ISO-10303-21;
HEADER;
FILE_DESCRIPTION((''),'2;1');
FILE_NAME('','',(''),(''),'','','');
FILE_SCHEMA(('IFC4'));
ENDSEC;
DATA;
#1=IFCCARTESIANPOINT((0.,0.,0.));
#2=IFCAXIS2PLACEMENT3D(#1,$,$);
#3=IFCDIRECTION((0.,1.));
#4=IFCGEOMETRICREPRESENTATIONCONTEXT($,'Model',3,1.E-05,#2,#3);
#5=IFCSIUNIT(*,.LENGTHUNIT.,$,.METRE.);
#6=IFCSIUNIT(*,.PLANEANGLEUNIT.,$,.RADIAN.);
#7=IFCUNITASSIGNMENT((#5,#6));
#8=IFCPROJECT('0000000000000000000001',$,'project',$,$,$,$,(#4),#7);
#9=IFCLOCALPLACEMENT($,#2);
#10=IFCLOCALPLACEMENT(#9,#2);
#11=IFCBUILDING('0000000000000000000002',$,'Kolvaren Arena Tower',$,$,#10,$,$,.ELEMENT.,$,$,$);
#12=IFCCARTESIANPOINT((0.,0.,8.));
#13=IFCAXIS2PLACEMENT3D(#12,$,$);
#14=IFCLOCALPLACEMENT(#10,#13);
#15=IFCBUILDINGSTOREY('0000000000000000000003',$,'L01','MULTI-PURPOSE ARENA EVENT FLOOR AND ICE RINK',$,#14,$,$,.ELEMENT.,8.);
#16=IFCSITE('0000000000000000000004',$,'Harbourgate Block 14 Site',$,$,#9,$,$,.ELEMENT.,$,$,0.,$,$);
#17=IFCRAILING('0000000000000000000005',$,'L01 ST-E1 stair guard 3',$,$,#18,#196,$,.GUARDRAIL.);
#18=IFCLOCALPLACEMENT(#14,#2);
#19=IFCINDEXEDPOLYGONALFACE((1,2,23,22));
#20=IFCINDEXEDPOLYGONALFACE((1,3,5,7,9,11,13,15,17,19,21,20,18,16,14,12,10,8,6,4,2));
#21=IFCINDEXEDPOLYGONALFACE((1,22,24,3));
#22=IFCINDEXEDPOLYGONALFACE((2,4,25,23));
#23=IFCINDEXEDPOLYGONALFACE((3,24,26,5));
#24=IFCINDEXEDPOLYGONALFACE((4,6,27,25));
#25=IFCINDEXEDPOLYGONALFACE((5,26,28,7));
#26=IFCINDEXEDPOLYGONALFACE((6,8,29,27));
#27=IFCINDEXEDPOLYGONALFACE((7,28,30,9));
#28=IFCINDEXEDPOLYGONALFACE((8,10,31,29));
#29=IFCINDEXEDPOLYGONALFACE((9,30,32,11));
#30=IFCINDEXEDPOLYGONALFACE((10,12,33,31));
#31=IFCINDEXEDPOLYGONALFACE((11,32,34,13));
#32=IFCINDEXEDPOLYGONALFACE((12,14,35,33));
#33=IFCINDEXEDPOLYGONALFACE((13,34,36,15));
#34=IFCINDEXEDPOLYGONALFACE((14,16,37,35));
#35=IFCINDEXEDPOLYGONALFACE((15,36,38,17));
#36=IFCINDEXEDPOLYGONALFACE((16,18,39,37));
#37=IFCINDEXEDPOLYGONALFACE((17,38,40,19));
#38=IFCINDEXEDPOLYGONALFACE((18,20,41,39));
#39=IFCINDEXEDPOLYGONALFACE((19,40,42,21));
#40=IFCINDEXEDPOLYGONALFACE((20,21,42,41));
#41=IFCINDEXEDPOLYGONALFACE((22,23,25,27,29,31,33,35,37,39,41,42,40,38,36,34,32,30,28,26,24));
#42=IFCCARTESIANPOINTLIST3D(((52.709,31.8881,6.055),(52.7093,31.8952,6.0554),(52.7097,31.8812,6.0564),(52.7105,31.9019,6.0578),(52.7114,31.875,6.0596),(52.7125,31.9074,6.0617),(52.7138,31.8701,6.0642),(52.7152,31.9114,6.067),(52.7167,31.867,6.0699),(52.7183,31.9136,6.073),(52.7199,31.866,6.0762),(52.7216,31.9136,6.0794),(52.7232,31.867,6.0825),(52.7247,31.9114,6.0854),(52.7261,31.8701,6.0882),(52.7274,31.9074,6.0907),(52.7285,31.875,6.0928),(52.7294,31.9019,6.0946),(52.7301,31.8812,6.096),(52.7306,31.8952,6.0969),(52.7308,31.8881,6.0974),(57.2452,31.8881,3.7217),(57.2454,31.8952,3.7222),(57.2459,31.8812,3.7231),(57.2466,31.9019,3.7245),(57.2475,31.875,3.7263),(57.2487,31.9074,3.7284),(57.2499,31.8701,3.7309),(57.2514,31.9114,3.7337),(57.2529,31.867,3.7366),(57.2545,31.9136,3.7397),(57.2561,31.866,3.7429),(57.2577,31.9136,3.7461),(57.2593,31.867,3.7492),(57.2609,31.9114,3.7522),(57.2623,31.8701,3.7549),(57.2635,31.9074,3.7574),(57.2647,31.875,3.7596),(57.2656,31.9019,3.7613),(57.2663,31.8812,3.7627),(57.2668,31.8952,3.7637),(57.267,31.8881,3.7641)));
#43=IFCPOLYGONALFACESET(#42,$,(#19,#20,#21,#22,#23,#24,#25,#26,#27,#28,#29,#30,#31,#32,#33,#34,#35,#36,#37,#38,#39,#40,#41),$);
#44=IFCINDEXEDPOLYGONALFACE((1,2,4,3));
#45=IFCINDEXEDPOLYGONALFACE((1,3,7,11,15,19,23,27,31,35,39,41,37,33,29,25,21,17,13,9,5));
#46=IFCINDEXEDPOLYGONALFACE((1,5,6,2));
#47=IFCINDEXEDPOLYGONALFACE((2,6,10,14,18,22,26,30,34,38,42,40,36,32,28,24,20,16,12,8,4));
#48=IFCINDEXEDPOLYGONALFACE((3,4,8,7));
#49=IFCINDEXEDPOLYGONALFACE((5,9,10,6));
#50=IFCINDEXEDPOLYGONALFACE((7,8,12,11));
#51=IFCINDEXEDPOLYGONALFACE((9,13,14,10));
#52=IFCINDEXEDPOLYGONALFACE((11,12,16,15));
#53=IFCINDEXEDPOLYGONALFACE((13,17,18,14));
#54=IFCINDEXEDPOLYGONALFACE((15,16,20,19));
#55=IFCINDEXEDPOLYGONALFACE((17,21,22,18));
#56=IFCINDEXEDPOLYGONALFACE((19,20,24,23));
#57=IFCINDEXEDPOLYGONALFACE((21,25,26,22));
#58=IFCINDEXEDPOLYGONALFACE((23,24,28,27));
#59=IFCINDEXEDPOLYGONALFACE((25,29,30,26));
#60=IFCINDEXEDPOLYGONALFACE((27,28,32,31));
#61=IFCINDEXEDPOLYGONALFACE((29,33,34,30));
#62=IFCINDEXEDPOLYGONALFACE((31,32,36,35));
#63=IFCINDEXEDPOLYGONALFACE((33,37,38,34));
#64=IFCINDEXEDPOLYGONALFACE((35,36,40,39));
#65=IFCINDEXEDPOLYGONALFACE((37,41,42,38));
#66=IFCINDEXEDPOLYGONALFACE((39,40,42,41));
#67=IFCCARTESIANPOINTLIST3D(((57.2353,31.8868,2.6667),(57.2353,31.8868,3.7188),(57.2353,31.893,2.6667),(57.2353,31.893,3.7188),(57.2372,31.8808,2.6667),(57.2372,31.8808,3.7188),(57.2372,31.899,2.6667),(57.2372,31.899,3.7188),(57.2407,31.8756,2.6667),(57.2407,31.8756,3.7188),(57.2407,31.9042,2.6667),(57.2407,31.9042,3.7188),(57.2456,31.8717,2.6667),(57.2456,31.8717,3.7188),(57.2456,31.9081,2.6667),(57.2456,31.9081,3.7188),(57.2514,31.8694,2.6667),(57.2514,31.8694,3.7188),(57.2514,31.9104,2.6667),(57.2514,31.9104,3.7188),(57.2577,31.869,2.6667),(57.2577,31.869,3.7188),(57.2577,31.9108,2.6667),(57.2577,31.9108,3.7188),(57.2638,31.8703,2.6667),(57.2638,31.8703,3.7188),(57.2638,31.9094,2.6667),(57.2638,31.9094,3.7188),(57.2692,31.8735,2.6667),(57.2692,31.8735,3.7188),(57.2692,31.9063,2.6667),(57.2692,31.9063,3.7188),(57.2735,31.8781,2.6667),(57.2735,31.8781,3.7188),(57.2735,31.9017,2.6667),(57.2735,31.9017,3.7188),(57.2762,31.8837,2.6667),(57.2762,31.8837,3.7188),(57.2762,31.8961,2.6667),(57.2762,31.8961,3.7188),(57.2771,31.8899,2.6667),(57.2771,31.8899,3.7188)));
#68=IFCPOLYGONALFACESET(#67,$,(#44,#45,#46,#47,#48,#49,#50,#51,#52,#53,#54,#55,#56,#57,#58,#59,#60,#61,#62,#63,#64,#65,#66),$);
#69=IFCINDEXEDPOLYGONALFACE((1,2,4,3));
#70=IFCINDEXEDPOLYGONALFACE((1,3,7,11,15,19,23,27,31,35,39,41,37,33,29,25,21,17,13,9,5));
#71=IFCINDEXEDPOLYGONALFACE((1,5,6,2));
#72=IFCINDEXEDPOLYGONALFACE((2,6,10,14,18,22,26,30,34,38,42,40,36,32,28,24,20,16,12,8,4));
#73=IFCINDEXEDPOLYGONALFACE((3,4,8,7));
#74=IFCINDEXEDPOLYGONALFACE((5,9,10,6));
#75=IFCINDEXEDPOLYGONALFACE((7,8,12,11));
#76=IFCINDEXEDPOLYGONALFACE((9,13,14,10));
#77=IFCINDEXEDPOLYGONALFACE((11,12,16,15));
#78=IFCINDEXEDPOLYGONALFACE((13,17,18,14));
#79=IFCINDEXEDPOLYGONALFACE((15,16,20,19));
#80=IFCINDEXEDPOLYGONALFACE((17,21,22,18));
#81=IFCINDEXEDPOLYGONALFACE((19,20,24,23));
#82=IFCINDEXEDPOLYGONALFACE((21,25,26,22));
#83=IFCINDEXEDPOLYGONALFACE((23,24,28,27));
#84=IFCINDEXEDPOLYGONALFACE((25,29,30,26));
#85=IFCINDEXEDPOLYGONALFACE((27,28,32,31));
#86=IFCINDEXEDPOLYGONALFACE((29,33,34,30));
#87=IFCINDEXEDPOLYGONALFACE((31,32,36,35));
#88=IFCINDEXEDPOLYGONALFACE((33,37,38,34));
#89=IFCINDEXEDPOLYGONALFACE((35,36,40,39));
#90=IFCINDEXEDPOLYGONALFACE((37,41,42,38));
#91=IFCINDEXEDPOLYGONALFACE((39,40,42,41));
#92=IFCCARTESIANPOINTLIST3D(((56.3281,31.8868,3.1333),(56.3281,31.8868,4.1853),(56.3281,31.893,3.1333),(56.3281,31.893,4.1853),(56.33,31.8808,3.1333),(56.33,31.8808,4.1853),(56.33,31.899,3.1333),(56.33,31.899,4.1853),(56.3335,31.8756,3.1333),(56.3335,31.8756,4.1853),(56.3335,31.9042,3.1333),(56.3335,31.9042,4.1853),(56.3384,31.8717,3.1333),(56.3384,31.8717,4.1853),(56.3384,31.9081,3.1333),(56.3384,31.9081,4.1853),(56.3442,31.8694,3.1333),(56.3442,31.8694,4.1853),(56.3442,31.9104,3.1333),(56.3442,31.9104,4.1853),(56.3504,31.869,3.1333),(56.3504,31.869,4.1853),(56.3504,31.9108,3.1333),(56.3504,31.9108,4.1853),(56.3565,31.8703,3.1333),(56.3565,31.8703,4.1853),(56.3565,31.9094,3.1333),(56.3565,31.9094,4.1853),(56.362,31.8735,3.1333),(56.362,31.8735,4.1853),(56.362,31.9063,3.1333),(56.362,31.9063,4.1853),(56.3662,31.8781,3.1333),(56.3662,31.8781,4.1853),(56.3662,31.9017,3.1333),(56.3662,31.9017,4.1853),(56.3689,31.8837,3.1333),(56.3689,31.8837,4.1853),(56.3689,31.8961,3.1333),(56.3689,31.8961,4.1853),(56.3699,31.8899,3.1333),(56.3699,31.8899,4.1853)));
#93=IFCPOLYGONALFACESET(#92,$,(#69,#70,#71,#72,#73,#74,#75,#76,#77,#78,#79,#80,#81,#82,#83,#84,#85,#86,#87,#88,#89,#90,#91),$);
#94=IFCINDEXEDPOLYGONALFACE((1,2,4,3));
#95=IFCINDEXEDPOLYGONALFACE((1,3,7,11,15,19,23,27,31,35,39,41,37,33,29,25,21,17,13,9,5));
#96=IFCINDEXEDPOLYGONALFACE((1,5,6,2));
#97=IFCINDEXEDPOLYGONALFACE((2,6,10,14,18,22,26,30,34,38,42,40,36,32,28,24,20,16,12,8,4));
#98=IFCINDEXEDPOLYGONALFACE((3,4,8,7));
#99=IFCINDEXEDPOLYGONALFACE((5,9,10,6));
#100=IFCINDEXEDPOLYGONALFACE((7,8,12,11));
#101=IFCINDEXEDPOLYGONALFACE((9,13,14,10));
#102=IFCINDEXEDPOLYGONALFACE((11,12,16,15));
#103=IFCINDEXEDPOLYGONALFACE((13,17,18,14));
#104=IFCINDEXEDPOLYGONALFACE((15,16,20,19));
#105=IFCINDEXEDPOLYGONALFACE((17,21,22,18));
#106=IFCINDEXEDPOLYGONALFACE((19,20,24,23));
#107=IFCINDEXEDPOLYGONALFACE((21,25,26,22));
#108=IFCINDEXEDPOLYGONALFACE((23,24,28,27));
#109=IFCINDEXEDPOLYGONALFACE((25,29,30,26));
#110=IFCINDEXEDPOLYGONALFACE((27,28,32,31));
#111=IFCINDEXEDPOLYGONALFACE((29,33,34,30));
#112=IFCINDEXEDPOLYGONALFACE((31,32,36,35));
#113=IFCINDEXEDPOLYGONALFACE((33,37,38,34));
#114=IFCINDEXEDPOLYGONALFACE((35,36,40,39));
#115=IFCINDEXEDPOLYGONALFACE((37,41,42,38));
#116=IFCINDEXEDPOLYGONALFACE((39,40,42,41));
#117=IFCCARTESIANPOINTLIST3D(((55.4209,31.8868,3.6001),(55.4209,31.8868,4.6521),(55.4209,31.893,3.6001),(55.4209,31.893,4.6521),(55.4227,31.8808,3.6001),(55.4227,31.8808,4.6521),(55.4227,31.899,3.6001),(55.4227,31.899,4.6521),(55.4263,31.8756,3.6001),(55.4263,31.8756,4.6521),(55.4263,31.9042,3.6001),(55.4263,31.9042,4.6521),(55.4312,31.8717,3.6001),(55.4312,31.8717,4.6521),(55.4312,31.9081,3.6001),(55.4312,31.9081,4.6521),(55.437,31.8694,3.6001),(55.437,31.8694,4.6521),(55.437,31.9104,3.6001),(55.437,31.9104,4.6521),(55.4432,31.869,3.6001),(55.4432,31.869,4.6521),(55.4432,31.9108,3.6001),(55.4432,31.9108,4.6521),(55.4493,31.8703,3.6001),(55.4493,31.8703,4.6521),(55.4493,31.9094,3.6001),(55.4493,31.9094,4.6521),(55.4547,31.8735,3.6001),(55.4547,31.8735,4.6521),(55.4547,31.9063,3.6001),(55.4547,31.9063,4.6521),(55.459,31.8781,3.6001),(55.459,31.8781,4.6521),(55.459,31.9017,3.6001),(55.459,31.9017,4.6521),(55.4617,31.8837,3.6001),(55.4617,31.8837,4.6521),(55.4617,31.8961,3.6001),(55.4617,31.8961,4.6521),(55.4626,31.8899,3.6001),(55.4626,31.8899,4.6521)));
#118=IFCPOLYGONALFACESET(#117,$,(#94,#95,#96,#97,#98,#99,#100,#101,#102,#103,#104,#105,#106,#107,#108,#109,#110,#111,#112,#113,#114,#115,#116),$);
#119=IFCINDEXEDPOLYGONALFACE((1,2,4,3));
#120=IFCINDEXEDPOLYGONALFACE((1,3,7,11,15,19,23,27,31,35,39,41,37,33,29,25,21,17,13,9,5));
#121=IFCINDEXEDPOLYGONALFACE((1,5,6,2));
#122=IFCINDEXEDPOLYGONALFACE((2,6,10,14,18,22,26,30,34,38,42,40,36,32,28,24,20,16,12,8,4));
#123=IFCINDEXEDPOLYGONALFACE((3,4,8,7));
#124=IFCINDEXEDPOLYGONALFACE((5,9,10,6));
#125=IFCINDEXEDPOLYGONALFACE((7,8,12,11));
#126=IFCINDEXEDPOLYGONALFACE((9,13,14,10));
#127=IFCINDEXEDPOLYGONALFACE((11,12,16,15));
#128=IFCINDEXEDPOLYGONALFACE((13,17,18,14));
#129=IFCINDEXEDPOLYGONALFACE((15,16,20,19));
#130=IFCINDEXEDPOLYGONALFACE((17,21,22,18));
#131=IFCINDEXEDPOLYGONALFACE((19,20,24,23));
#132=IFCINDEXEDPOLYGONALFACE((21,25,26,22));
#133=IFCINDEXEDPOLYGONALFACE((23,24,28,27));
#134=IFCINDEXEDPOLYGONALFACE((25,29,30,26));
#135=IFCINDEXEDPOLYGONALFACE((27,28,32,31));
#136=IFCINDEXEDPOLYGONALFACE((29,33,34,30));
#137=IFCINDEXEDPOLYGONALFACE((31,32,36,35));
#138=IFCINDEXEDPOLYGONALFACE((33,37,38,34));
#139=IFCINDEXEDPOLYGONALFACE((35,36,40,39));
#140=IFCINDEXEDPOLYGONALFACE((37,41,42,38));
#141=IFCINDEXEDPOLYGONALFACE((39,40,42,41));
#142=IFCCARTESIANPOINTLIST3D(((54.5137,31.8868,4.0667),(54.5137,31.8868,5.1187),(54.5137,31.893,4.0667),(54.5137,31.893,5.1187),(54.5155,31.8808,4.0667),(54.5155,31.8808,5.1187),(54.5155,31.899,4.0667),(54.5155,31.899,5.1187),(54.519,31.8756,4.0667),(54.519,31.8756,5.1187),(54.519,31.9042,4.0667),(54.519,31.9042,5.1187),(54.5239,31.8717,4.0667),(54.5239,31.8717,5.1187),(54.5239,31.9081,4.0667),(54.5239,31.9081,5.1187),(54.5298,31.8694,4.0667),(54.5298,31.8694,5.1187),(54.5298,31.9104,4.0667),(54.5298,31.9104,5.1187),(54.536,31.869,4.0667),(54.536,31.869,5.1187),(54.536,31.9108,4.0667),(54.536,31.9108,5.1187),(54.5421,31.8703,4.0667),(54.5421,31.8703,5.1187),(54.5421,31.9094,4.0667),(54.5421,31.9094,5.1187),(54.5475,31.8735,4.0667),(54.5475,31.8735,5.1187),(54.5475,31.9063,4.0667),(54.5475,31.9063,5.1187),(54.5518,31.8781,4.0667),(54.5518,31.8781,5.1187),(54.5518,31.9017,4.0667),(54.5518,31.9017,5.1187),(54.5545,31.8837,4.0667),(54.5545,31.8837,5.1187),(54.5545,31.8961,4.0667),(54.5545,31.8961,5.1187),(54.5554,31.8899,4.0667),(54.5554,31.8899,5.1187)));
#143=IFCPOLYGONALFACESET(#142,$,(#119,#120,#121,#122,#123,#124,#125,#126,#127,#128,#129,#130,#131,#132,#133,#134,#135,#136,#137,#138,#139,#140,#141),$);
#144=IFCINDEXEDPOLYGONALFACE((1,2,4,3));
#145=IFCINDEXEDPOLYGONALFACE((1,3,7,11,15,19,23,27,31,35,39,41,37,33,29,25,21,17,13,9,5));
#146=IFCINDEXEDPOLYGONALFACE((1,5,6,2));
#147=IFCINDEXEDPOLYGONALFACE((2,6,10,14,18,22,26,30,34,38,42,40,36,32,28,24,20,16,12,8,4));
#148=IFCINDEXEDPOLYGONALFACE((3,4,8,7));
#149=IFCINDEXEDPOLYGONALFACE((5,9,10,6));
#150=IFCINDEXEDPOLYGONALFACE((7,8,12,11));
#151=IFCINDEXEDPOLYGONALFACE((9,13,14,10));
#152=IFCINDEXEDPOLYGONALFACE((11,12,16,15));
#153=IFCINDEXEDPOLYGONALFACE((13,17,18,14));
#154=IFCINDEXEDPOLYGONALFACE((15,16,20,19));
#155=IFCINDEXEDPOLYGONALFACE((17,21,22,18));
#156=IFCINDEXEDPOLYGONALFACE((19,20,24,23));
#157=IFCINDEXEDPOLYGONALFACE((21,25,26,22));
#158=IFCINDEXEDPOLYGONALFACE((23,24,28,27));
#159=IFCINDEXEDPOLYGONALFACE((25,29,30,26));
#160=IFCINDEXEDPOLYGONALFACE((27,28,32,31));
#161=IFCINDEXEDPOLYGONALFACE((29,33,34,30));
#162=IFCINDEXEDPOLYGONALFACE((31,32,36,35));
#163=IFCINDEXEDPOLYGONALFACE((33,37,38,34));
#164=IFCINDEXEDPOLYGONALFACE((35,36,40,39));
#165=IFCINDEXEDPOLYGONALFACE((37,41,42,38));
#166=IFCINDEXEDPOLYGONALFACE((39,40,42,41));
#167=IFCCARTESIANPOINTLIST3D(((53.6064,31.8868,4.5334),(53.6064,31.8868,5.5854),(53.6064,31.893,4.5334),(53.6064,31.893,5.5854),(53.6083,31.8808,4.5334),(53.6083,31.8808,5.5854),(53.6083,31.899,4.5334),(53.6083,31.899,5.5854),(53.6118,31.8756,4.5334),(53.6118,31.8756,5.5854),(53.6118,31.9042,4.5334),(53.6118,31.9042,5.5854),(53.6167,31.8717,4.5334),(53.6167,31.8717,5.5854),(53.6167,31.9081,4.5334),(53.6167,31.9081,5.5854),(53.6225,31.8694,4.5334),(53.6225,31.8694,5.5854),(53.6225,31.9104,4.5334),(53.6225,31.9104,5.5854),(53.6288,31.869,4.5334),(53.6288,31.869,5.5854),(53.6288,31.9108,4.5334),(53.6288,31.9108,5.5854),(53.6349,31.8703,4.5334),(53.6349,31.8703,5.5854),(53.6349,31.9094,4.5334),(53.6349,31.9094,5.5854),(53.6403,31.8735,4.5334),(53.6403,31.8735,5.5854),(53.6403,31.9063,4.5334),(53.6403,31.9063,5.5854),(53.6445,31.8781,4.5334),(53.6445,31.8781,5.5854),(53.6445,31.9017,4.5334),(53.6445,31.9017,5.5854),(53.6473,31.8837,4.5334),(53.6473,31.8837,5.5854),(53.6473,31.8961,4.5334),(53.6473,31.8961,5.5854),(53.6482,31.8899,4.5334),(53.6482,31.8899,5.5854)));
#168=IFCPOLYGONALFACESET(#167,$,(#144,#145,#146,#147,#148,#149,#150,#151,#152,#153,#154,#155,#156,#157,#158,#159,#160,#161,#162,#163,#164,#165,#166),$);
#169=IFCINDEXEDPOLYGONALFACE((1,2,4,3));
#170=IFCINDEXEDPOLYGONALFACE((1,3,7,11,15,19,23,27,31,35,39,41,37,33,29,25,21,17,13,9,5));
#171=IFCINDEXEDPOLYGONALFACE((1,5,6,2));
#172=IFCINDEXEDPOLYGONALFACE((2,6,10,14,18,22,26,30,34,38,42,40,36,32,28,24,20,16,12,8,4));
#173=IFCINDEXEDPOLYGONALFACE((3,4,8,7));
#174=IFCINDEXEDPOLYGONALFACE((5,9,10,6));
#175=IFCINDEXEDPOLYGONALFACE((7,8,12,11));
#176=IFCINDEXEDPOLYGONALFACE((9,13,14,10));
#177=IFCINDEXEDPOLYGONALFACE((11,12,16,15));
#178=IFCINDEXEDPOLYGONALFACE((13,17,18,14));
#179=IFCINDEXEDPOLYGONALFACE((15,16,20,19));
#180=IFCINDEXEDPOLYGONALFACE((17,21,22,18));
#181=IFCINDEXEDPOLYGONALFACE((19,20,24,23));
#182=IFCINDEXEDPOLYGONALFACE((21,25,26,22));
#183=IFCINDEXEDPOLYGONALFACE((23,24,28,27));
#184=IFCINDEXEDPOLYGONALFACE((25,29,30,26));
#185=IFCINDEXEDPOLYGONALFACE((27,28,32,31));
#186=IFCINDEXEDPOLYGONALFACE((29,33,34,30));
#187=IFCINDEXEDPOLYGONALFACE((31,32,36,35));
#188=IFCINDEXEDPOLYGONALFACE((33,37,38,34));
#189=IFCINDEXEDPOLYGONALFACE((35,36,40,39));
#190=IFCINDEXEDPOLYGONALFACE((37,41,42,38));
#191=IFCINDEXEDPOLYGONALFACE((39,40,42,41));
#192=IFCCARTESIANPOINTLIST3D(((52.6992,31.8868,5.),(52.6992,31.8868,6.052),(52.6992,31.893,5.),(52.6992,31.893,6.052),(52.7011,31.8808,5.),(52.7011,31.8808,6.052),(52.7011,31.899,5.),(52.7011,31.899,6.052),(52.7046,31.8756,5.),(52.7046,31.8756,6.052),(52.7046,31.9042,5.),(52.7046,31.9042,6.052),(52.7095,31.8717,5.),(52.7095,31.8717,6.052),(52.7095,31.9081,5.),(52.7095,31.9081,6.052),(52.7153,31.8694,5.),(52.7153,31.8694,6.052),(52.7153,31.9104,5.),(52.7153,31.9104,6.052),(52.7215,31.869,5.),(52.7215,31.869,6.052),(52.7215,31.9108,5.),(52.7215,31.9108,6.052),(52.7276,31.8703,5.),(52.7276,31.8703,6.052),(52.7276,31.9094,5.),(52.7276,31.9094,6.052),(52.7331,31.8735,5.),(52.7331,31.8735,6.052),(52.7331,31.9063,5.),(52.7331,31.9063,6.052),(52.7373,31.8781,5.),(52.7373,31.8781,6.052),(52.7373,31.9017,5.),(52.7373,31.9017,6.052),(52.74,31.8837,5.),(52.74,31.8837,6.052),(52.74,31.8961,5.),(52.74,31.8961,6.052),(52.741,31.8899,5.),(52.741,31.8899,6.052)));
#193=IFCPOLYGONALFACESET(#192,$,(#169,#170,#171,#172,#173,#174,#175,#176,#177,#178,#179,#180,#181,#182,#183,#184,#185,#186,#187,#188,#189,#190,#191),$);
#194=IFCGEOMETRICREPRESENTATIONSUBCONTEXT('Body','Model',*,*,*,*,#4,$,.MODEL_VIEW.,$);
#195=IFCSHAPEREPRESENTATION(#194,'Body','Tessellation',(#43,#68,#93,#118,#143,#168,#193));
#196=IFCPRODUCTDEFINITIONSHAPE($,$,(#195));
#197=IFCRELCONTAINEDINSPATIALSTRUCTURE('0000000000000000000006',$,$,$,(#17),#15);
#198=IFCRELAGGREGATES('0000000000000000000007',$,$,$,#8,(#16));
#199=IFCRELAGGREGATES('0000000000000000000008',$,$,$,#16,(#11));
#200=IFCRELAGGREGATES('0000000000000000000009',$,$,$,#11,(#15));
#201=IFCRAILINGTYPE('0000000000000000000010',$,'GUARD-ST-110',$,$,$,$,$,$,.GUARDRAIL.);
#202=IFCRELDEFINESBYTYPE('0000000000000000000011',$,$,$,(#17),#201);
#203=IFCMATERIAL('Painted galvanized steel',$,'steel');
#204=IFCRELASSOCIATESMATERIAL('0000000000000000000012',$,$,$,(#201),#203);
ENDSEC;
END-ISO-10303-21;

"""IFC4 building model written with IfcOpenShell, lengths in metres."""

from ifc_helpers import new_model, si_unit, direction, frame, origin, origin_2d, place, context, subcontext, project, spatial, circle, extrude, material, type_object, element, save


model = new_model("IFC4")

# Units and contexts
model_context = context("Model", 3, precision=1e-05, world=origin(), true_north=direction((0.0, 1.0)))
body_context = subcontext(model_context, "Body", "Model", "MODEL_VIEW")
ifc_project = project(units=[si_unit("LENGTHUNIT", "METRE"), si_unit("PLANEANGLEUNIT", "RADIAN")], contexts=[model_context])

# Site, building, storey
site_placement = place(None, origin())
site = spatial("IfcSite", under=ifc_project, at=site_placement, Name="Harbourgate Block 14 Site", CompositionType="ELEMENT", RefElevation=0.0)
building_placement = place(site_placement, origin())
building = spatial("IfcBuilding", under=site, at=building_placement, Name="Kolvaren Arena Tower", CompositionType="ELEMENT")
storey_placement = place(building_placement, frame((0.0, 0.0, 8.0)))
storey = spatial("IfcBuildingStorey", under=building, at=storey_placement, Name="L01", Description="MULTI-PURPOSE ARENA EVENT FLOOR AND ICE RINK", CompositionType="ELEMENT", Elevation=8.0)

# Railing
ifc_material_1 = material(Name="Painted galvanized steel", Category="steel")
railing_type_1 = type_object("IfcRailingType", Name="GUARD-ST-110", PredefinedType="GUARDRAIL", material=ifc_material_1)
railing_1_placement = place(storey_placement, frame((57.2561, 31.8899, 2.6667)))
element("IfcRailing", 1, at=railing_1_placement, inside=storey, type_object=railing_type_1, Name="L01 ST-E1 stair guard 3", PredefinedType="GUARDRAIL", context=body_context, shape_type="SweptSolid", body=[
    extrude(circle(Radius=0.0239, at=origin_2d()), frame((0.0, 0.0, 1.0762), z_axis=(-0.889257, 0.0, 0.457407), x_axis=(0.0, -1.0, 0.0)), (0.0, 0.0, 1.0), 5.1011),
    extrude(circle(Radius=0.021, at=origin_2d()), origin(), (0.0, 0.0, 1.0), 1.052),
    extrude(circle(Radius=0.021, at=origin_2d()), frame((-0.9072, 0.0, 0.4666)), (0.0, 0.0, 1.0), 1.052),
    extrude(circle(Radius=0.021, at=origin_2d()), frame((-1.8145, 0.0, 0.9333)), (0.0, 0.0, 1.0), 1.052),
    extrude(circle(Radius=0.021, at=origin_2d()), frame((-2.7217, 0.0, 1.3999)), (0.0, 0.0, 1.0), 1.052),
    extrude(circle(Radius=0.021, at=origin_2d()), frame((-3.6289, 0.0, 1.8667)), (0.0, 0.0, 1.0), 1.052),
    extrude(circle(Radius=0.021, at=origin_2d()), frame((-4.5361, 0.0, 2.3333)), (0.0, 0.0, 1.0), 1.052),
])

save(model, "model.ifc")
